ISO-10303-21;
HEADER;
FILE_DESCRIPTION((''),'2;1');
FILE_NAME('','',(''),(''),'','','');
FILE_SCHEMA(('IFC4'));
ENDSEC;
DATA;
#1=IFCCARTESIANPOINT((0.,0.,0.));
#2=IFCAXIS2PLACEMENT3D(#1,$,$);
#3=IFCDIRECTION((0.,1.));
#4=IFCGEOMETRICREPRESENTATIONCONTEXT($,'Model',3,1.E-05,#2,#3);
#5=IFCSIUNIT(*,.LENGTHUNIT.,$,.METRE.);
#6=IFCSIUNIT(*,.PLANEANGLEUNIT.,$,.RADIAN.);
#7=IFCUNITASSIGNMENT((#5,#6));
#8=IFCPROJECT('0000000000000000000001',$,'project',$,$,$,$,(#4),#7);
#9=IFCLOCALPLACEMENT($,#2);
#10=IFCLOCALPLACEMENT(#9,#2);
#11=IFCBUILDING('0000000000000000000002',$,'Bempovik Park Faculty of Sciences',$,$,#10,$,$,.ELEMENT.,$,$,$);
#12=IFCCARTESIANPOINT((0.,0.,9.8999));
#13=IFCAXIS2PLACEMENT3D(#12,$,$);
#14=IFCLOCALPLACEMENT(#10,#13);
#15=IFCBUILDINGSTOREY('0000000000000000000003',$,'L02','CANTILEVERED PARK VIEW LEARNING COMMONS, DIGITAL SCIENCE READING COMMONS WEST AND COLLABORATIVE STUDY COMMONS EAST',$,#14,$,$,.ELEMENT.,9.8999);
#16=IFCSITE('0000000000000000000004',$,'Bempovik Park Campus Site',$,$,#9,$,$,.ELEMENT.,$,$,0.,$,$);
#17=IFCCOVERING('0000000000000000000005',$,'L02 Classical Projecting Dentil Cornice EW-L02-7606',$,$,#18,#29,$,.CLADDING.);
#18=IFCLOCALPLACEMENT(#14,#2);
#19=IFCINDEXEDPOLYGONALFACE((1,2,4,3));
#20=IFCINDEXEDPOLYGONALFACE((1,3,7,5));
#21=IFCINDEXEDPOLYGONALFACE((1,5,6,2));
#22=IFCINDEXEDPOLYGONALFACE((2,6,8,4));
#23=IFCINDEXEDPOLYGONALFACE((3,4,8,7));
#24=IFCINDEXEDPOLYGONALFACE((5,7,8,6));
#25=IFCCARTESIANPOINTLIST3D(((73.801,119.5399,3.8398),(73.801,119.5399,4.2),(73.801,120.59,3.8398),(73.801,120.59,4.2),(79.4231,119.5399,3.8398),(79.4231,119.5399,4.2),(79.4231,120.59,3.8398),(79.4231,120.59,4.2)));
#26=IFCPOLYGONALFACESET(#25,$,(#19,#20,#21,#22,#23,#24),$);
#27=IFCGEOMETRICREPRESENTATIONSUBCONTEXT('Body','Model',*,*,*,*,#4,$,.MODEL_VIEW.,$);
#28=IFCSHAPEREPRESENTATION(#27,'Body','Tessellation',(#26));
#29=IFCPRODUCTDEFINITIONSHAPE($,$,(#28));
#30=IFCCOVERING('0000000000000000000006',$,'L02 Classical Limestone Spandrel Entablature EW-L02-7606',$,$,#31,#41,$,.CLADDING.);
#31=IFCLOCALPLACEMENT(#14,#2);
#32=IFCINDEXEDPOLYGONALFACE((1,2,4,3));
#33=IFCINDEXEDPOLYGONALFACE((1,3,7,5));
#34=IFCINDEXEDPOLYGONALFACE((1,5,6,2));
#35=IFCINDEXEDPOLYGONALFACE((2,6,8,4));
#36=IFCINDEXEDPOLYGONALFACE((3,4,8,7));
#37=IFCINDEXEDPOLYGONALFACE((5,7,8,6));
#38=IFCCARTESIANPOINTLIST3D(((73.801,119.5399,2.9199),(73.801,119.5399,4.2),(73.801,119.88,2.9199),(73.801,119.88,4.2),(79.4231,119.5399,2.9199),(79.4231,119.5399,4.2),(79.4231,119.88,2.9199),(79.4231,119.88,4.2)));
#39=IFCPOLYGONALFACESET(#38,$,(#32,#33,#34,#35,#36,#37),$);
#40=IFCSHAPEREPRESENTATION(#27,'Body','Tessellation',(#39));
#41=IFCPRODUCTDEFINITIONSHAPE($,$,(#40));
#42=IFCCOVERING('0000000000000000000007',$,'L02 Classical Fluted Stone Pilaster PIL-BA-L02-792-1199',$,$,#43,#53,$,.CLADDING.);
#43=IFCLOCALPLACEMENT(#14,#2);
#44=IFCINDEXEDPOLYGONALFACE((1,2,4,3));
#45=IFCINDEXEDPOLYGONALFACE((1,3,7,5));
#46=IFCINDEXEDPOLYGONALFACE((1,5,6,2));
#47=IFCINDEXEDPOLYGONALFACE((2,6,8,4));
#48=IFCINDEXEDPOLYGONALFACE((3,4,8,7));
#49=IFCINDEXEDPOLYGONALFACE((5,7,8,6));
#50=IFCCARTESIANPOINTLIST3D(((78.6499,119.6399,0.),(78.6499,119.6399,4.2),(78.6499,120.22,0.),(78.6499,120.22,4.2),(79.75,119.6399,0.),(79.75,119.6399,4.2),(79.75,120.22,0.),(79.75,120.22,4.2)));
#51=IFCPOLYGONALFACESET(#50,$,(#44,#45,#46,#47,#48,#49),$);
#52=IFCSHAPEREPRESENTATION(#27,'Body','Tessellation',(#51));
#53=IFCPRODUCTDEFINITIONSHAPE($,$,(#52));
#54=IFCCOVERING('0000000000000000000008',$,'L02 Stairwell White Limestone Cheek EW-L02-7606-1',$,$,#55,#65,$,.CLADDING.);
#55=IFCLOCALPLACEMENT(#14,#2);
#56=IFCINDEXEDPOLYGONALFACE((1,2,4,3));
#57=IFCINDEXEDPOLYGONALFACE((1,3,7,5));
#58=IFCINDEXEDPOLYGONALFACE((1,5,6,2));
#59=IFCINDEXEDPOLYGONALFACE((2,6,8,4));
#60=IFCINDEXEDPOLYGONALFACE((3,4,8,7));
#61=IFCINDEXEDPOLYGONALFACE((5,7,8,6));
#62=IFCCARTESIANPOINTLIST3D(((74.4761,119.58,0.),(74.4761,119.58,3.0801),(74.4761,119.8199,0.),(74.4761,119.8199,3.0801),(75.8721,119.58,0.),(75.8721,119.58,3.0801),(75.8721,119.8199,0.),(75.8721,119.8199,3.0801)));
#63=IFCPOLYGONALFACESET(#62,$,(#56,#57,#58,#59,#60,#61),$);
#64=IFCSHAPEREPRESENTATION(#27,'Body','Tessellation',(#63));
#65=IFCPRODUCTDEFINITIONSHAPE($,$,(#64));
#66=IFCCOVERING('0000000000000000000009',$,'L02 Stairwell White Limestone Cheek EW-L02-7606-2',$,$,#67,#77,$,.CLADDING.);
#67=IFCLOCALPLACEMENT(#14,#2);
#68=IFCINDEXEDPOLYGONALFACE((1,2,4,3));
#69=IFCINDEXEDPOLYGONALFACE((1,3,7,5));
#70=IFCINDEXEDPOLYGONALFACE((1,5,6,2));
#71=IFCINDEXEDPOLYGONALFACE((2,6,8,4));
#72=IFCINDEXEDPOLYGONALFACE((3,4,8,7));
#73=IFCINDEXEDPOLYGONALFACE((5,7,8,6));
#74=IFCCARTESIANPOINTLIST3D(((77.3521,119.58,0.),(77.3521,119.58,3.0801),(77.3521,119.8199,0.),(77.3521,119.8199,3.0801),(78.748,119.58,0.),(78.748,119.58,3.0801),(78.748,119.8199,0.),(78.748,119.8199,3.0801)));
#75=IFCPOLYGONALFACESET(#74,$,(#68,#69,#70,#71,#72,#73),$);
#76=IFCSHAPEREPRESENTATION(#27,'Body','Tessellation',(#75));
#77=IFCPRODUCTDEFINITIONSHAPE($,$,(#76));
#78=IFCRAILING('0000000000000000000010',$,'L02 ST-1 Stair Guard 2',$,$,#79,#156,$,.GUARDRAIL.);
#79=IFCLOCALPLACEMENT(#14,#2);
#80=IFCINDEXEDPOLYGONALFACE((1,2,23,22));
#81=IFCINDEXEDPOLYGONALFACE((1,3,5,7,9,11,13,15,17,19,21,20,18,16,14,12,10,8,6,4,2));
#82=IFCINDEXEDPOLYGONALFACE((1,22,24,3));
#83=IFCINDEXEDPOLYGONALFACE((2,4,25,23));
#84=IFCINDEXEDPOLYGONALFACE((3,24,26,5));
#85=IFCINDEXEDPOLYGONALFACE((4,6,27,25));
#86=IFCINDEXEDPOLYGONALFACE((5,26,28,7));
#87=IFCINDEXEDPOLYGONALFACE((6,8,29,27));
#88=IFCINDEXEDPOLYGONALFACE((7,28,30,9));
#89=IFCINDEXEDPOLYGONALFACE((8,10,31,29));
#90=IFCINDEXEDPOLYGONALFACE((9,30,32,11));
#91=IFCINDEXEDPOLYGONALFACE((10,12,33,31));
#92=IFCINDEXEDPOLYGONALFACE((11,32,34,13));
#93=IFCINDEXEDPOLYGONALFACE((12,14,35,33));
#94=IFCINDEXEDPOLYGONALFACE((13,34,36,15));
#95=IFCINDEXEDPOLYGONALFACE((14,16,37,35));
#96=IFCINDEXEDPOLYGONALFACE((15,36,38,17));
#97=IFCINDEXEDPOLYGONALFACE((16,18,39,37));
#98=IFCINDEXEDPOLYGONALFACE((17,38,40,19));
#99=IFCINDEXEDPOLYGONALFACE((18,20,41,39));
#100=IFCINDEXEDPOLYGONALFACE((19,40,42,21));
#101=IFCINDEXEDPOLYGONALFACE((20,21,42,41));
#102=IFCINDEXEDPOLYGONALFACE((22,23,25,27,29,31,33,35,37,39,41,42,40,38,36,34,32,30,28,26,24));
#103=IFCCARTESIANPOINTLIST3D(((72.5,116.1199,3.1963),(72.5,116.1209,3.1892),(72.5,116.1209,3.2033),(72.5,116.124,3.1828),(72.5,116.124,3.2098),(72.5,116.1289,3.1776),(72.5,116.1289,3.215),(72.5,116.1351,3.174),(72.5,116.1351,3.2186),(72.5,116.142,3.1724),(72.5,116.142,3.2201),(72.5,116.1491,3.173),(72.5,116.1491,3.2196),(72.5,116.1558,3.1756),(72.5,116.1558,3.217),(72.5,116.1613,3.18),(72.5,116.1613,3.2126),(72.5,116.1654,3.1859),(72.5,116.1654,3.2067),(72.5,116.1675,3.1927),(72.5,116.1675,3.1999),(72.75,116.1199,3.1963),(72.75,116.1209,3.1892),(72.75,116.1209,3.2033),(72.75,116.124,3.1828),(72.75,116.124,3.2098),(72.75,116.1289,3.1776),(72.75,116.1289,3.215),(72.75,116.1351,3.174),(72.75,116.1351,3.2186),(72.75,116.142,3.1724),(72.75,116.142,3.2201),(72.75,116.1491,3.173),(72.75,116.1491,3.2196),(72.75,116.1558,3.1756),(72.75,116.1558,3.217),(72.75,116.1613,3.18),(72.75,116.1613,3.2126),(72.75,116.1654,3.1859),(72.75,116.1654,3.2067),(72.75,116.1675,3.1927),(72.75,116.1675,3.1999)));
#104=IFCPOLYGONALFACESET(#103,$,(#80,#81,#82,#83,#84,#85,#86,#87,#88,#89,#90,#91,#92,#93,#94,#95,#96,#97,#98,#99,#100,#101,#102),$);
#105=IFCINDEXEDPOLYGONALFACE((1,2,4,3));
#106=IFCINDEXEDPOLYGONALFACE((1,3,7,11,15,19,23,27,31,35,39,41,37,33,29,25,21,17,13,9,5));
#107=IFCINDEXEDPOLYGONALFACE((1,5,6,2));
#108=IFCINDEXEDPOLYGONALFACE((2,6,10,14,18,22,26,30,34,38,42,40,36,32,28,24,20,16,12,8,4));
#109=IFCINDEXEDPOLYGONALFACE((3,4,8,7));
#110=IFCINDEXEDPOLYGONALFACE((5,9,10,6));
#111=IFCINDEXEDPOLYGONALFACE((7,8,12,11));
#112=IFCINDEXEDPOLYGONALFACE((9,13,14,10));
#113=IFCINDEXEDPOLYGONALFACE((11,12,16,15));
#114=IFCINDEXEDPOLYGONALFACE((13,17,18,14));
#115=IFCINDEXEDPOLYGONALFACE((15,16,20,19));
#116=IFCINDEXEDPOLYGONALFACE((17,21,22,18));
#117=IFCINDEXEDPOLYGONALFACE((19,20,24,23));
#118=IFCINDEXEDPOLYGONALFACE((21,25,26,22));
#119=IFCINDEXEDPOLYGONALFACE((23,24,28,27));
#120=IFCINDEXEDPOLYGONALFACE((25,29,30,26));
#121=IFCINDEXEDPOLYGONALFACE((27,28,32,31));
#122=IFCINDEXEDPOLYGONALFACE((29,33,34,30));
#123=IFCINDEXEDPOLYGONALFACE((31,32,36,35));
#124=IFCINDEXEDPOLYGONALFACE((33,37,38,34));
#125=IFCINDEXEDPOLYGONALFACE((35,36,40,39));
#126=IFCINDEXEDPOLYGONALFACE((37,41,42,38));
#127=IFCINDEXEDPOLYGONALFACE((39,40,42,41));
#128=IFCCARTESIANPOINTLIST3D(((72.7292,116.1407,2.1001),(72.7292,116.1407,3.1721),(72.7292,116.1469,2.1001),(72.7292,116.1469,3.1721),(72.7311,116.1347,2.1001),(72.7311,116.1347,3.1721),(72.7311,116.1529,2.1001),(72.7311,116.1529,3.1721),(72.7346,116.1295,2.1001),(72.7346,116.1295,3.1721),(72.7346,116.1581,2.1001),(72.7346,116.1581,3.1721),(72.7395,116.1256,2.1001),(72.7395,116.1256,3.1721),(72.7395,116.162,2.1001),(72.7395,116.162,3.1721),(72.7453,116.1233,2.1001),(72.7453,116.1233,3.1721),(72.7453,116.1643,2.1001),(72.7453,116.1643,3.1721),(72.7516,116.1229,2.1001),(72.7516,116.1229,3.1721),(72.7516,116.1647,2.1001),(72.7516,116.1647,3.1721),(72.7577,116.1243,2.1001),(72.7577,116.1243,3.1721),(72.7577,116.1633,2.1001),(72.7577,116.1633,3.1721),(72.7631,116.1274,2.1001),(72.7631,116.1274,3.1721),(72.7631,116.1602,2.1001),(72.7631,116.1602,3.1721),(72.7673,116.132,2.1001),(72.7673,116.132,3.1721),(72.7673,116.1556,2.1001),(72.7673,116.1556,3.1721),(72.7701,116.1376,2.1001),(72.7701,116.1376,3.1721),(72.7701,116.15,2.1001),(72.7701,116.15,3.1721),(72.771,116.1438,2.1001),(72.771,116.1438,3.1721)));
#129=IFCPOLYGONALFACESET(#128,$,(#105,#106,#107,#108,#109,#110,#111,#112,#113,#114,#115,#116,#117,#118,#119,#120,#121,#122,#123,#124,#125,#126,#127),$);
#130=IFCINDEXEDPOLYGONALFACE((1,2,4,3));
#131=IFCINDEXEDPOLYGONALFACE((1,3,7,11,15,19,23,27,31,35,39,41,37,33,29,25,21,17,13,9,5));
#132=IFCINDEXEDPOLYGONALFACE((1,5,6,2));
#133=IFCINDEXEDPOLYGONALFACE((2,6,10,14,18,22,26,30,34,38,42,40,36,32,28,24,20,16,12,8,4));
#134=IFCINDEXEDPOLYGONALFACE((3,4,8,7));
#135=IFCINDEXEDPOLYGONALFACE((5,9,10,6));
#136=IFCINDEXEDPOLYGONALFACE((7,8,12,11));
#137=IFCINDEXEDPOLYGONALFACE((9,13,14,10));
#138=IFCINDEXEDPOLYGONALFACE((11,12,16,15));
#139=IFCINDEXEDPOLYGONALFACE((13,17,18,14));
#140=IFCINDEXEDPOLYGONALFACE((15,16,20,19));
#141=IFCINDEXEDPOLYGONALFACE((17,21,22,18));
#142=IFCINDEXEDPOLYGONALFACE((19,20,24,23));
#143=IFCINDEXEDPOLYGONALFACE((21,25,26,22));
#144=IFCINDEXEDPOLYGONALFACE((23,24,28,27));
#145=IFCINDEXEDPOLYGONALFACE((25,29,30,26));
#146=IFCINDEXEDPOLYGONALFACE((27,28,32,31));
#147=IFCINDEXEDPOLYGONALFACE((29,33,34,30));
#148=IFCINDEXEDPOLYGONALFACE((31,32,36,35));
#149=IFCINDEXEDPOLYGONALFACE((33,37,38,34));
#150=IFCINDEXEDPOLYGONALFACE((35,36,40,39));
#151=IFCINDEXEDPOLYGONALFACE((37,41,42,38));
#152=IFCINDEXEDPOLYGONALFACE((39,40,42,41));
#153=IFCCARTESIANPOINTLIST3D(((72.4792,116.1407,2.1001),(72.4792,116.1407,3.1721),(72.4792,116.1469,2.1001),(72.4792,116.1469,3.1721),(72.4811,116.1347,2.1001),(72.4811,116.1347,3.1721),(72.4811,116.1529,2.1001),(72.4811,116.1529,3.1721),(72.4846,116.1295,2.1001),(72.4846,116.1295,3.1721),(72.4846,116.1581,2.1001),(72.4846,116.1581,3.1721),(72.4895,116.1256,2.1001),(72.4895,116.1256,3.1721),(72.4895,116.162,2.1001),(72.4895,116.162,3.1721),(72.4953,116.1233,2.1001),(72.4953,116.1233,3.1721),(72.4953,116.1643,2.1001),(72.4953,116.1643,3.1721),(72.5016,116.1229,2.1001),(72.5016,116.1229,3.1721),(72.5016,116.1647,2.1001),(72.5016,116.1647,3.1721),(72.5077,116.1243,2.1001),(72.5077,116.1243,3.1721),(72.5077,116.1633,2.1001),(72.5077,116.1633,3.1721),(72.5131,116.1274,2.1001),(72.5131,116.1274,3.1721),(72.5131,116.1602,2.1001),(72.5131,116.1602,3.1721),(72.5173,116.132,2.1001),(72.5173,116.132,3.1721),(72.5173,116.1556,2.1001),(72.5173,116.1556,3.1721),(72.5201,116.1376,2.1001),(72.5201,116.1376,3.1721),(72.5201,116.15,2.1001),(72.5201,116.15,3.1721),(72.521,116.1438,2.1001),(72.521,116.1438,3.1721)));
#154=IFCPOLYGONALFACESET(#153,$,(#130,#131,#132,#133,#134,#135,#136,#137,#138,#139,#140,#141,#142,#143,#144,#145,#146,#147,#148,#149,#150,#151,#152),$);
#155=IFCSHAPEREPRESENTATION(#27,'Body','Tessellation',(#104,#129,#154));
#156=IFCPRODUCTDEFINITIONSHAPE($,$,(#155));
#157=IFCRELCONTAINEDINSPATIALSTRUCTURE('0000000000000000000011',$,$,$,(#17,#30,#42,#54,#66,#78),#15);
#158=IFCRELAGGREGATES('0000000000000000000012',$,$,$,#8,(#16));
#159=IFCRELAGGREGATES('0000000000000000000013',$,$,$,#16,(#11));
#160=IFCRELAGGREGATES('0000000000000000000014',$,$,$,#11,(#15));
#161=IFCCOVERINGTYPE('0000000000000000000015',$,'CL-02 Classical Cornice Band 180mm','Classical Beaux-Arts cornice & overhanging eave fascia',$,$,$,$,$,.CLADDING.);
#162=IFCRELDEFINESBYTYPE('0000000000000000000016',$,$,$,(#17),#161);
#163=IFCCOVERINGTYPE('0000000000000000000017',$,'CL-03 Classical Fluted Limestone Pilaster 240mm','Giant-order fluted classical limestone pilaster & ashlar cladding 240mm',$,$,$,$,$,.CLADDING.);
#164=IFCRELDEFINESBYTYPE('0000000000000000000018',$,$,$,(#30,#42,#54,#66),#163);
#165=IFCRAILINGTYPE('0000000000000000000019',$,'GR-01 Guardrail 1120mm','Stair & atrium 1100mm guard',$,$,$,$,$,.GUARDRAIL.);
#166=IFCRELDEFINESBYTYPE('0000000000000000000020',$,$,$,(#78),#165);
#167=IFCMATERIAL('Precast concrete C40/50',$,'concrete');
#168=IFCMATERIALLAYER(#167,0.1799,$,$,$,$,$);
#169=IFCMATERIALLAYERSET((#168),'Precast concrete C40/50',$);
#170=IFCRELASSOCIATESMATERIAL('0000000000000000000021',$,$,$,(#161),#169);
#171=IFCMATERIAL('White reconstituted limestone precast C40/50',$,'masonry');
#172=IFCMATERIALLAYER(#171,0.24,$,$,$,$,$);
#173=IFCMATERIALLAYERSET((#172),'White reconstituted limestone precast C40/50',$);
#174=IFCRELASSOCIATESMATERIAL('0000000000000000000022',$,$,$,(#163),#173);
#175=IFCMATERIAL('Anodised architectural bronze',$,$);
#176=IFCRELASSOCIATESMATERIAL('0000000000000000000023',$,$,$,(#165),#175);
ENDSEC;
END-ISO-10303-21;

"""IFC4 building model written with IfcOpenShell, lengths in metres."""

from ifc_helpers import new_model, si_unit, direction, frame, origin, origin_2d, place, context, subcontext, project, spatial, rectangle, circle, extrude, material, layer, layer_set, type_object, element, save


model = new_model("IFC4")

# Units and contexts
model_context = context("Model", 3, precision=1e-05, world=origin(), true_north=direction((0.0, 1.0)))
body_context = subcontext(model_context, "Body", "Model", "MODEL_VIEW")
ifc_project = project(units=[si_unit("LENGTHUNIT", "METRE"), si_unit("PLANEANGLEUNIT", "RADIAN")], contexts=[model_context])

# Site, building, storey
site_placement = place(None, origin())
site = spatial("IfcSite", under=ifc_project, at=site_placement, Name="Bempovik Park Campus Site", CompositionType="ELEMENT", RefElevation=0.0)
building_placement = place(site_placement, origin())
building = spatial("IfcBuilding", under=site, at=building_placement, Name="Bempovik Park Faculty of Sciences", CompositionType="ELEMENT")
storey_placement = place(building_placement, frame((0.0, 0.0, 9.8999)))
storey = spatial("IfcBuildingStorey", under=building, at=storey_placement, Name="L02", Description="CANTILEVERED PARK VIEW LEARNING COMMONS, DIGITAL SCIENCE READING COMMONS WEST AND COLLABORATIVE STUDY COMMONS EAST", CompositionType="ELEMENT", Elevation=9.8999)

# Shared definitions
ifc_material_1 = material(Name="Anodised architectural bronze")

# Shared definitions
ifc_material_2 = material(Name="Precast concrete C40/50", Category="concrete")

# Coverings
ifc_layer_1 = layer(ifc_material_2, 0.1799)
ifc_layer_set_1 = layer_set([ifc_layer_1], Name="Precast concrete C40/50")
covering_type_1 = type_object("IfcCoveringType", Name="CL-02 Classical Cornice Band 180mm", Description="Classical Beaux-Arts cornice & overhanging eave fascia", PredefinedType="CLADDING", material=ifc_layer_set_1)
covering_1_placement = place(storey_placement, frame((76.6121, 120.0649, 3.8398), z_axis=(0.0, 0.0, 1.0), x_axis=(1.0, 0.0, 0.0)))
element("IfcCovering", 1, at=covering_1_placement, inside=storey, type_object=covering_type_1, Name="L02 Classical Projecting Dentil Cornice EW-L02-7606", PredefinedType="CLADDING", context=body_context, shape_type="SweptSolid", body=[
    extrude(rectangle(XDim=5.6221, YDim=1.05, at=origin_2d()), origin(), (0.0, 0.0, 1.0), 0.3601),
])
ifc_material_3 = material(Name="White reconstituted limestone precast C40/50", Category="masonry")
ifc_layer_2 = layer(ifc_material_3, 0.24)
ifc_layer_set_2 = layer_set([ifc_layer_2], Name="White reconstituted limestone precast C40/50")
covering_type_2 = type_object("IfcCoveringType", Name="CL-03 Classical Fluted Limestone Pilaster 240mm", Description="Giant-order fluted classical limestone pilaster & ashlar cladding 240mm", PredefinedType="CLADDING", material=ifc_layer_set_2)
covering_2_placement = place(storey_placement, frame((76.6121, 119.71, 2.9199), z_axis=(0.0, 0.0, 1.0), x_axis=(1.0, 0.0, 0.0)))
element("IfcCovering", 2, at=covering_2_placement, inside=storey, type_object=covering_type_2, Name="L02 Classical Limestone Spandrel Entablature EW-L02-7606", PredefinedType="CLADDING", context=body_context, shape_type="SweptSolid", body=[
    extrude(rectangle(XDim=5.6221, YDim=0.3401, at=origin_2d()), origin(), (0.0, 0.0, 1.0), 1.28),
])
covering_3_placement = place(storey_placement, frame((79.2, 119.9299, 0.0), z_axis=(0.0, 0.0, 1.0), x_axis=(1.0, 0.0, 0.0)))
element("IfcCovering", 3, at=covering_3_placement, inside=storey, type_object=covering_type_2, Name="L02 Classical Fluted Stone Pilaster PIL-BA-L02-792-1199", PredefinedType="CLADDING", context=body_context, shape_type="SweptSolid", body=[
    extrude(rectangle(XDim=1.1001, YDim=0.5801, at=origin_2d()), origin(), (0.0, 0.0, 1.0), 4.2),
])
for number, where, z_axis, x_axis, name in (
    (4, (75.1741, 119.7, 0.0), (0.0, 0.0, 1.0), (1.0, 0.0, 0.0), "L02 Stairwell White Limestone Cheek EW-L02-7606-1"),
    (5, (78.05, 119.7, 0.0), (0.0, 0.0, 1.0), (1.0, 0.0, 0.0), "L02 Stairwell White Limestone Cheek EW-L02-7606-2"),
):
    element("IfcCovering", number, at=place(storey_placement, frame(where, z_axis=z_axis, x_axis=x_axis)), inside=storey, type_object=covering_type_2, Name=name, PredefinedType="CLADDING", context=body_context, shape_type="SweptSolid", body=[
        extrude(rectangle(XDim=1.396, YDim=0.24, at=origin_2d()), origin(), (0.0, 0.0, 1.0), 3.0801),
    ])

# Railing
railing_type_1 = type_object("IfcRailingType", Name="GR-01 Guardrail 1120mm", Description="Stair & atrium 1100mm guard", PredefinedType="GUARDRAIL", material=ifc_material_1)
railing_1_placement = place(storey_placement, frame((72.75, 116.1438, 2.1001)))
element("IfcRailing", 6, at=railing_1_placement, inside=storey, type_object=railing_type_1, Name="L02 ST-1 Stair Guard 2", PredefinedType="GUARDRAIL", context=body_context, shape_type="SweptSolid", body=[
    extrude(circle(Radius=0.0239, at=origin_2d()), frame((0.0, 0.0, 1.0962), z_axis=(-1.0, 0.0, 0.0), x_axis=(0.0, -1.0, 0.0)), (0.0, 0.0, 1.0), 0.25),
    extrude(circle(Radius=0.021, at=origin_2d()), origin(), (0.0, 0.0, 1.0), 1.072),
    extrude(circle(Radius=0.021, at=origin_2d()), frame((-0.25, 0.0, 0.0)), (0.0, 0.0, 1.0), 1.072),
])

save(model, "model.ifc")
